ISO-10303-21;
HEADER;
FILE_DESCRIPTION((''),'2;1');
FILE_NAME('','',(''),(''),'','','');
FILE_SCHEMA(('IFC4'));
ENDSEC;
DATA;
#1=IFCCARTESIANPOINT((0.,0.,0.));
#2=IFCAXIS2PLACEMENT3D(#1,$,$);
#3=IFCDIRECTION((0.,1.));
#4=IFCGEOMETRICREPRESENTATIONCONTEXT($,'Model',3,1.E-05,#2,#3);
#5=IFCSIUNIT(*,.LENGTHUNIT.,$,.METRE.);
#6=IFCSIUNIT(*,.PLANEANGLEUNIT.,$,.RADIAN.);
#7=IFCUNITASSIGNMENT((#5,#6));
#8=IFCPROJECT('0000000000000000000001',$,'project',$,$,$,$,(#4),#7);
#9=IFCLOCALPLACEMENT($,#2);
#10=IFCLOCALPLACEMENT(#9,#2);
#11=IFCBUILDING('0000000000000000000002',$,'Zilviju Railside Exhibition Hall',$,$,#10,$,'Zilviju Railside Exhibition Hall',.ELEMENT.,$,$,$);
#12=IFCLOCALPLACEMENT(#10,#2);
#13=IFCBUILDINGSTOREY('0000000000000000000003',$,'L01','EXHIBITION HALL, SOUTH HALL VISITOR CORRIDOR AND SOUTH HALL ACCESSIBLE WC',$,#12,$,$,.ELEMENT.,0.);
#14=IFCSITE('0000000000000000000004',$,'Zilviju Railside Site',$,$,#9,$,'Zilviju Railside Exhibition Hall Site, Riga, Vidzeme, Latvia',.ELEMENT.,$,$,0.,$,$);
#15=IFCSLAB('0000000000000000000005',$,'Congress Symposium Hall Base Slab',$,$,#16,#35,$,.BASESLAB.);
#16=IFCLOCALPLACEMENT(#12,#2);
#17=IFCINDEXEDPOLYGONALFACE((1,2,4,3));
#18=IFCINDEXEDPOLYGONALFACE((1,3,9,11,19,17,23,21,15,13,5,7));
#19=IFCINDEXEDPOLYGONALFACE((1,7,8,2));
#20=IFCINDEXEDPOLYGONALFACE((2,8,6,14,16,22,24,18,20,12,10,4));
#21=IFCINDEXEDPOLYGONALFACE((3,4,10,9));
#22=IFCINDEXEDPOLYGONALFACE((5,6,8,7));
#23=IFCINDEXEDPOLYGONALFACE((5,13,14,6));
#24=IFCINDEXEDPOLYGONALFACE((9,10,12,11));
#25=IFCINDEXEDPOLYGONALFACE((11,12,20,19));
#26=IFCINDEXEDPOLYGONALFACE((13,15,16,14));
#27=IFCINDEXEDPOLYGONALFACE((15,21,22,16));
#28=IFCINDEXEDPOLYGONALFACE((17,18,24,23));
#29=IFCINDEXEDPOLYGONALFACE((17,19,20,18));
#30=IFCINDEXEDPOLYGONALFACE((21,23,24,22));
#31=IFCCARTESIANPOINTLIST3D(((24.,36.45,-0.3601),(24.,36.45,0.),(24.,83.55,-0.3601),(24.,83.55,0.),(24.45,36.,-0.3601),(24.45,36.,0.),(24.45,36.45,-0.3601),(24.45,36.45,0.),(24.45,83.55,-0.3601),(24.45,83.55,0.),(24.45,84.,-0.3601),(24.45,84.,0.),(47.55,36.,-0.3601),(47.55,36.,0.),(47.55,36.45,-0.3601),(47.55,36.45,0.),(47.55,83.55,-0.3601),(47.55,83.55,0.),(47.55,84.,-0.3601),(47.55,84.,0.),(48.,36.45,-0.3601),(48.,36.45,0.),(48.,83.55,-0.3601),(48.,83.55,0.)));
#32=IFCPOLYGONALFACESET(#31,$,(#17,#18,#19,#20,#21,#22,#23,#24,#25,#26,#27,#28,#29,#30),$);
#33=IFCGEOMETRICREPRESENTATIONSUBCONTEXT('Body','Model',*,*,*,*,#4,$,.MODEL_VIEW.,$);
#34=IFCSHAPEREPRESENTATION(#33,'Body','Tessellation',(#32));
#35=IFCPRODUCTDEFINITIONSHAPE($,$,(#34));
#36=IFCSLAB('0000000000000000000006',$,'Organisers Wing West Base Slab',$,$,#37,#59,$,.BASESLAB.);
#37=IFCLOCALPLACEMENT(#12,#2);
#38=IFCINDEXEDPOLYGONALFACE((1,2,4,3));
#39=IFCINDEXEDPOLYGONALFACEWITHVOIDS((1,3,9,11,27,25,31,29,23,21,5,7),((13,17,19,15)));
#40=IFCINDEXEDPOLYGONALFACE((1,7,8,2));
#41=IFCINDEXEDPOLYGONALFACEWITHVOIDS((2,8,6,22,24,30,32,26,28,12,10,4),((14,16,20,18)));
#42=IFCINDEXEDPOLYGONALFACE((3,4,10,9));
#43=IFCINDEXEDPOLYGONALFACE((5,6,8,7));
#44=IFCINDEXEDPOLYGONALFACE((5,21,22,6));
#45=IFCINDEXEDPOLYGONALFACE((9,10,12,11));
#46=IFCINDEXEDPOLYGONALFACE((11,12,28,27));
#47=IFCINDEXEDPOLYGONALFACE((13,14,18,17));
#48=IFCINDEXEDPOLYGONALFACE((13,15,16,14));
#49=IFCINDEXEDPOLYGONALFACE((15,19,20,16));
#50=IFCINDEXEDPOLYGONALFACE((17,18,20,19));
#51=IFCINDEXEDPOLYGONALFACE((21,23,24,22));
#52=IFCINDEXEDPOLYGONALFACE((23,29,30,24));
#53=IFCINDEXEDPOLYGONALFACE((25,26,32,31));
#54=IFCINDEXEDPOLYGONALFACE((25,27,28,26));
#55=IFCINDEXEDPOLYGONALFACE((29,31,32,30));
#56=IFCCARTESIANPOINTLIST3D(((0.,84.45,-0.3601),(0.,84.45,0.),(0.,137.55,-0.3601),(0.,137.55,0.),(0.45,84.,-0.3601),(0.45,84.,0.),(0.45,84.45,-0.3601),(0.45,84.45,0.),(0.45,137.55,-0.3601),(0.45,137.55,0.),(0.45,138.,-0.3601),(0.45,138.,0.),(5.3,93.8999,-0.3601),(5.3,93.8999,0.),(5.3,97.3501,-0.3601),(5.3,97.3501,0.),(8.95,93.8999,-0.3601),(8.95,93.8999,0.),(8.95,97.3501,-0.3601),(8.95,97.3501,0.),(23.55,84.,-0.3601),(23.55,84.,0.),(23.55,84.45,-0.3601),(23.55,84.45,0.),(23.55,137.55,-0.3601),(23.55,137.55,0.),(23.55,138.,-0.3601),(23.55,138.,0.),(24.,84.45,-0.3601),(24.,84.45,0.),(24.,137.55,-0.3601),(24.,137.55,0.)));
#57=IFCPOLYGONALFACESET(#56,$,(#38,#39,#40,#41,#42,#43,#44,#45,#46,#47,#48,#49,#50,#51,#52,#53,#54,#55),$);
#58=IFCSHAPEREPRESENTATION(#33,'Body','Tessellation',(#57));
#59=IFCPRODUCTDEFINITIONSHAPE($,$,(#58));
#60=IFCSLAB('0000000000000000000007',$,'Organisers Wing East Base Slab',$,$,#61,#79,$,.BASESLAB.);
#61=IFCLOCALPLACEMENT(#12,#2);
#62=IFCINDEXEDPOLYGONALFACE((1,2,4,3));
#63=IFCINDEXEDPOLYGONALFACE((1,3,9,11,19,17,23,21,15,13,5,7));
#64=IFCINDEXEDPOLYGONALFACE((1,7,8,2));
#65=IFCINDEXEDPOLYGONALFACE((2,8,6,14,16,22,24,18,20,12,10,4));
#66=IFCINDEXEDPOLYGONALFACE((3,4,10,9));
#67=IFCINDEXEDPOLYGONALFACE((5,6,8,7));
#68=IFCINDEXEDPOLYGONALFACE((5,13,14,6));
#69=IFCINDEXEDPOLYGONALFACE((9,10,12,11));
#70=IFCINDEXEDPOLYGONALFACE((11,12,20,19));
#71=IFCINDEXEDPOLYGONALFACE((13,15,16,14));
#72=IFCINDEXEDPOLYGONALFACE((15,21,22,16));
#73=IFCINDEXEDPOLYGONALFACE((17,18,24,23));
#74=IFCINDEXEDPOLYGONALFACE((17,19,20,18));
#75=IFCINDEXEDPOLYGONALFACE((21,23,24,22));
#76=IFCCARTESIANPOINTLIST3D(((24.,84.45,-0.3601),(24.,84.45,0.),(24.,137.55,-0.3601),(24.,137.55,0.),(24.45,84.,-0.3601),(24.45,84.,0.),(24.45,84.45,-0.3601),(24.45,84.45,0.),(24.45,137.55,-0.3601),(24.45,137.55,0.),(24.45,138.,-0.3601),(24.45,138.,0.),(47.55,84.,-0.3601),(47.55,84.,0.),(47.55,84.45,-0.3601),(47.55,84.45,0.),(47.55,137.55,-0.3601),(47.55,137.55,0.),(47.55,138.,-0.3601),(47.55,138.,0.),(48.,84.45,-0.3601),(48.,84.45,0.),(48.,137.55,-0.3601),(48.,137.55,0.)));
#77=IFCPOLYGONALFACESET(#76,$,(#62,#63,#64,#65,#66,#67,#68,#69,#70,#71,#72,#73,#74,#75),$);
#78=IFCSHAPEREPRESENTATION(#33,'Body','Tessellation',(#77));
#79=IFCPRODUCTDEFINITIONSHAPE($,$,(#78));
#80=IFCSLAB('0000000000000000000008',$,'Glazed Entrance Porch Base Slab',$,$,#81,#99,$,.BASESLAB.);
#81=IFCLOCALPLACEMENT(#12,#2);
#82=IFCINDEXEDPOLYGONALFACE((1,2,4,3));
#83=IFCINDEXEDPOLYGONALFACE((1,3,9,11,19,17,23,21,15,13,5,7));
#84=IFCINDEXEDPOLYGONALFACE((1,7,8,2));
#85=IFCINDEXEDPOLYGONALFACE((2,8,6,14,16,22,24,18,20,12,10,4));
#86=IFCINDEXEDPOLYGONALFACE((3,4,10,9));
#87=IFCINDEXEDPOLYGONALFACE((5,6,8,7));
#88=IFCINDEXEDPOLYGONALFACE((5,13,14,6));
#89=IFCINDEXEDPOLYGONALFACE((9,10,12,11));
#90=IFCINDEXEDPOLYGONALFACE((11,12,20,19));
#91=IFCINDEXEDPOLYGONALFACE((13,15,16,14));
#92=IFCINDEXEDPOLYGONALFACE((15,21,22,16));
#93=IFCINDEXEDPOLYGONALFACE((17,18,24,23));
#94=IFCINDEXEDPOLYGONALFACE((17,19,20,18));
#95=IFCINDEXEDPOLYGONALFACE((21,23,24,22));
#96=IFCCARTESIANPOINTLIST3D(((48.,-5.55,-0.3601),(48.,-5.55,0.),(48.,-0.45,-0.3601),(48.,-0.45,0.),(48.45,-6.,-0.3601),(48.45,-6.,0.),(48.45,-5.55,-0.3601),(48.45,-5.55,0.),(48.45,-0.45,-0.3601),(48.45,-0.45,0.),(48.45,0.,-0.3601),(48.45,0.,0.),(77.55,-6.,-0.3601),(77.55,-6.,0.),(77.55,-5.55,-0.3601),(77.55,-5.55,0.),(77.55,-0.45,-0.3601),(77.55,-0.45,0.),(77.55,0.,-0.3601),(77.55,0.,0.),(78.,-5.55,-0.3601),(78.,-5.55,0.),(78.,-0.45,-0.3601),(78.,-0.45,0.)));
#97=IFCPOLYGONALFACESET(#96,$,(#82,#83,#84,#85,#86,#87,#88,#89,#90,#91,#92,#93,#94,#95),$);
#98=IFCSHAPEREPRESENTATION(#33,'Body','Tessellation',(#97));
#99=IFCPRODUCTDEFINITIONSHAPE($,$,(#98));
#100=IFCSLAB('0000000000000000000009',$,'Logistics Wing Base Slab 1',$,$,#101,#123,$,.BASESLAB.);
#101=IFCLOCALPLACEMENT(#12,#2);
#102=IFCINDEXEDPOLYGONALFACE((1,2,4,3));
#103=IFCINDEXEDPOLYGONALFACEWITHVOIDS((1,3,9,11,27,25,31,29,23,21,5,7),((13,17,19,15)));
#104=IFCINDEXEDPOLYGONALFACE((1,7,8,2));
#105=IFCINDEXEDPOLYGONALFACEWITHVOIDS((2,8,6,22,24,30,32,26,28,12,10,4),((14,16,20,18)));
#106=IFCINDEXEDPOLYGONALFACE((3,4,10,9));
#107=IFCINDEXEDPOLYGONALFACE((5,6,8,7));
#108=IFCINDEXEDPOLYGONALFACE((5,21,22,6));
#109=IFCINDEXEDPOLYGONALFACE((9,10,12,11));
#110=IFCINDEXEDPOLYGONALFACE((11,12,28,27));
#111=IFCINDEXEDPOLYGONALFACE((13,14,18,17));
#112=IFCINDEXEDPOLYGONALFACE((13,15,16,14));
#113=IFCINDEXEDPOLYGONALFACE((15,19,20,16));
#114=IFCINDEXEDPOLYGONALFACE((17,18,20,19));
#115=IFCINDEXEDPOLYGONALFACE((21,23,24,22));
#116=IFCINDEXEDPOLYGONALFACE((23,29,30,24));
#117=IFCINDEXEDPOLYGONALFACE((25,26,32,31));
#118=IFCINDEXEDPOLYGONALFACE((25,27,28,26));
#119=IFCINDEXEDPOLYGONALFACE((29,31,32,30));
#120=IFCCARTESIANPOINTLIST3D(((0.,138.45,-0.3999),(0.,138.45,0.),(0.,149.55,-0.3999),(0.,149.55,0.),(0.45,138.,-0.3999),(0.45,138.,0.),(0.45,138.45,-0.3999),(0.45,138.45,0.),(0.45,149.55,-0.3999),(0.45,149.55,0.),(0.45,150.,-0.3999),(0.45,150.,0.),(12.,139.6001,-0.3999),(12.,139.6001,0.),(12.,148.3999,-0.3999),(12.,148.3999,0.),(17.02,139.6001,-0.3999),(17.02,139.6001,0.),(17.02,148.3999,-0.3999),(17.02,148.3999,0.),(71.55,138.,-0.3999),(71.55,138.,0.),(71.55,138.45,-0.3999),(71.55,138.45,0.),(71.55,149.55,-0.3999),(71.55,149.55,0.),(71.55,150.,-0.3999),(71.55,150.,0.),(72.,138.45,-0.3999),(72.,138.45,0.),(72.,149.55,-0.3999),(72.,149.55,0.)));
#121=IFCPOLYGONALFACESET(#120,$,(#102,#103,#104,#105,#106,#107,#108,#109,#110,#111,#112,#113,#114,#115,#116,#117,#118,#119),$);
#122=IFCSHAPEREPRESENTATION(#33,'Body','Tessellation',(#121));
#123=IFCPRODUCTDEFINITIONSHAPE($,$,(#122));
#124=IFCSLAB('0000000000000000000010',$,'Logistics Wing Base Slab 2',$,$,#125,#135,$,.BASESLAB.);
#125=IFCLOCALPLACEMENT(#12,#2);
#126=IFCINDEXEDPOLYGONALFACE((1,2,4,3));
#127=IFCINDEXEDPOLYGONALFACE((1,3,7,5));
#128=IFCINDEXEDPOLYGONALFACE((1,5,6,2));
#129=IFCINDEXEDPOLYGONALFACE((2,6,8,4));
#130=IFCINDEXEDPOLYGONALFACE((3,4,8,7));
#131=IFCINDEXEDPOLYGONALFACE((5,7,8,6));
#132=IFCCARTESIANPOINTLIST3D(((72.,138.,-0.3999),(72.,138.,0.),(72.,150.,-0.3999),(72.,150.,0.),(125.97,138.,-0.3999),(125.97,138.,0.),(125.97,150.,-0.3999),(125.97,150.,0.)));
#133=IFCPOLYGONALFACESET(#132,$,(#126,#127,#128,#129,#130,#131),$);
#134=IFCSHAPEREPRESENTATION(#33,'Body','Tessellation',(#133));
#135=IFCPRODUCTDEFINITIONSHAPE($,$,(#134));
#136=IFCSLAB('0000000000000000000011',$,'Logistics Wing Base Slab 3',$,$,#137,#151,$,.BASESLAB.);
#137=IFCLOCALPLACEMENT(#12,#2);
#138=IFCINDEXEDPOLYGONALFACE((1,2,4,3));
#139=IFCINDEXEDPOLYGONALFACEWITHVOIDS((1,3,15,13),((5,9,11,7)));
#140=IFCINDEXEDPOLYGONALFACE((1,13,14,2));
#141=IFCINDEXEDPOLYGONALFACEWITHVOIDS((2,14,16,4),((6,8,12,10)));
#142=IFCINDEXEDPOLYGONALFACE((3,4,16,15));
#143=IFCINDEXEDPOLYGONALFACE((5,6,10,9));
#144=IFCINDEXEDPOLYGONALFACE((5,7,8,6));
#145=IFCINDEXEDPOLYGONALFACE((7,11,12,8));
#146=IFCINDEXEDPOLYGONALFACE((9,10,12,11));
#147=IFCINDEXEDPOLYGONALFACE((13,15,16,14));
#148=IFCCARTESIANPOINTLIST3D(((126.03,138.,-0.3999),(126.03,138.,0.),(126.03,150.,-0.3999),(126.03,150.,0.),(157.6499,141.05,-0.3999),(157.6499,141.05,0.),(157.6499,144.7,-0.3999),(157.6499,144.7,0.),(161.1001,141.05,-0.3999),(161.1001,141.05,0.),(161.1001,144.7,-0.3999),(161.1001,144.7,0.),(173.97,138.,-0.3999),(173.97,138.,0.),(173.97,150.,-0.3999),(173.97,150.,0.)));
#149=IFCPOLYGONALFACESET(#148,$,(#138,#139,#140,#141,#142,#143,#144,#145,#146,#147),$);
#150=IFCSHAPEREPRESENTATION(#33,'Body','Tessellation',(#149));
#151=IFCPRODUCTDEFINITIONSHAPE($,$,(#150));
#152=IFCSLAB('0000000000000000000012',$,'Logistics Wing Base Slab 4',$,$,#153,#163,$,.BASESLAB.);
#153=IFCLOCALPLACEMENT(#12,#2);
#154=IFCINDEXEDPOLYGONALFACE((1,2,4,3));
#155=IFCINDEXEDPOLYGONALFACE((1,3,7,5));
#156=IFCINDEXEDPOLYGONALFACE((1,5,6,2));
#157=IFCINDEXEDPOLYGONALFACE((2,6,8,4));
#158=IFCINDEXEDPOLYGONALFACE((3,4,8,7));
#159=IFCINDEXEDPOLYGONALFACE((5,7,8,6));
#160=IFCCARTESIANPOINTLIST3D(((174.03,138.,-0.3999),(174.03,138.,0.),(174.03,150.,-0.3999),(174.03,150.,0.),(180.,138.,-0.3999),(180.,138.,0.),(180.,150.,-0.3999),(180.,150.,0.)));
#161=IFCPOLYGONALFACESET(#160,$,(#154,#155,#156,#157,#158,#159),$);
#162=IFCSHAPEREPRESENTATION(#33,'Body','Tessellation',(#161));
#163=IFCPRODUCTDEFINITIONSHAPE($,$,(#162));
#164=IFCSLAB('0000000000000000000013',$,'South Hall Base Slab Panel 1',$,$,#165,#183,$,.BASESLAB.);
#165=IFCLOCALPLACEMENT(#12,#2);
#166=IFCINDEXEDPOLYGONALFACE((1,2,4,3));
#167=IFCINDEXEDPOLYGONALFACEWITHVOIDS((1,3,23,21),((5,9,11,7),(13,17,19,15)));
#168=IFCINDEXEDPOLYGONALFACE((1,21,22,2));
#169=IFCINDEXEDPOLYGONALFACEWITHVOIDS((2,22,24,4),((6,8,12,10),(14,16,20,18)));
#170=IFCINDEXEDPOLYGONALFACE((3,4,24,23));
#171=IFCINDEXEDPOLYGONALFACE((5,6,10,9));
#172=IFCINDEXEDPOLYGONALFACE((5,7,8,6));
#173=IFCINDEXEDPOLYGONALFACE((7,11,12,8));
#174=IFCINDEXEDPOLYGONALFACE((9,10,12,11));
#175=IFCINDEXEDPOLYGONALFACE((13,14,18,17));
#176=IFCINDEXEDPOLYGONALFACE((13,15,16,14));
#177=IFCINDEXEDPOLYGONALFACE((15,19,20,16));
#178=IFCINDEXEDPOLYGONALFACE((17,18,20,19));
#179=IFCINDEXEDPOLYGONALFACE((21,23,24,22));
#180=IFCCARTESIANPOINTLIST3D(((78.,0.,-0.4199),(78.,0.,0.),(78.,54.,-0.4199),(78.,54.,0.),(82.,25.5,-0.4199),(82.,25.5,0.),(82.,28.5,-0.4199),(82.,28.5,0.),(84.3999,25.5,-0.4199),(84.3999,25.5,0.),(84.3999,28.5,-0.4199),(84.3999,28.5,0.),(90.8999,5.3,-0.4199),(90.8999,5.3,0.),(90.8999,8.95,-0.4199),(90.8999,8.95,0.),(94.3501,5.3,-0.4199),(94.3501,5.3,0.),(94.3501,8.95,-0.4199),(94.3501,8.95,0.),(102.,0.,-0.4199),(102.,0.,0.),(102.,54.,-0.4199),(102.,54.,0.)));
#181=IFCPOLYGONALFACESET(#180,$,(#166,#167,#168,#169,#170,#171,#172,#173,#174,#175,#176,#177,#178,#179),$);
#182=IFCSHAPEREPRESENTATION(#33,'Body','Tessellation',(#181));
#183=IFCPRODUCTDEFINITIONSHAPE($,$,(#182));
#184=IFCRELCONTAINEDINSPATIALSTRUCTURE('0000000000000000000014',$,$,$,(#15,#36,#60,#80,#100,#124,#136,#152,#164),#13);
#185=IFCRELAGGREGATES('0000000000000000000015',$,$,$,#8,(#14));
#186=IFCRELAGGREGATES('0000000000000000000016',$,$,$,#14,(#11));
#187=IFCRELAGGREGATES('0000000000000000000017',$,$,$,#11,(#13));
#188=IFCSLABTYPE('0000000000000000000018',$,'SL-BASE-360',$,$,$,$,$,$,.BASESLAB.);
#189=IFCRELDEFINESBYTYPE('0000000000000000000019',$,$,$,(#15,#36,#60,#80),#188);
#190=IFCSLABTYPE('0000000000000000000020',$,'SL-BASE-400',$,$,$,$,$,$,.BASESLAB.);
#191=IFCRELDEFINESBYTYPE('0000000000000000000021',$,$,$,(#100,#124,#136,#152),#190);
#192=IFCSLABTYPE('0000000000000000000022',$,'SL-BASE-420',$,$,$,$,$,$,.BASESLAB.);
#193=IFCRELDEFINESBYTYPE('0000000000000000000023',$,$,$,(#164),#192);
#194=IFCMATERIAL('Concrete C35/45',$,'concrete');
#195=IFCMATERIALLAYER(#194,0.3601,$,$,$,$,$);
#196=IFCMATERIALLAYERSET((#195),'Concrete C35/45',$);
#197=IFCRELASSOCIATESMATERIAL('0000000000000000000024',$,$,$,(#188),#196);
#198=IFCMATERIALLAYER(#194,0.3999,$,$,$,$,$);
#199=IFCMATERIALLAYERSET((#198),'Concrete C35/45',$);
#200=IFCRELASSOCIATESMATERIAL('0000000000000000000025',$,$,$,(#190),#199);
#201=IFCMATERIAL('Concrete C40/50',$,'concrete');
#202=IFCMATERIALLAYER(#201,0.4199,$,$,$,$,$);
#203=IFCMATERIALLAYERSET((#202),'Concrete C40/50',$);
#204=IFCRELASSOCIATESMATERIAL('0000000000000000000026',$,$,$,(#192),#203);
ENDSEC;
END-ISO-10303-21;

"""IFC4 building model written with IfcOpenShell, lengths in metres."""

from ifc_helpers import new_model, si_unit, direction, frame, origin, place, context, subcontext, project, spatial, polyline, outline, extrude, material, layer, layer_set, type_object, element, save


model = new_model("IFC4")

# Units and contexts
model_context = context("Model", 3, precision=1e-05, world=origin(), true_north=direction((0.0, 1.0)))
body_context = subcontext(model_context, "Body", "Model", "MODEL_VIEW")
ifc_project = project(units=[si_unit("LENGTHUNIT", "METRE"), si_unit("PLANEANGLEUNIT", "RADIAN")], contexts=[model_context])

# Site, building, storey
site_placement = place(None, origin())
site = spatial("IfcSite", under=ifc_project, at=site_placement, Name="Zilviju Railside Site", LongName="Zilviju Railside Exhibition Hall Site, Riga, Vidzeme, Latvia", CompositionType="ELEMENT", RefElevation=0.0)
building_placement = place(site_placement, origin())
building = spatial("IfcBuilding", under=site, at=building_placement, Name="Zilviju Railside Exhibition Hall", LongName="Zilviju Railside Exhibition Hall", CompositionType="ELEMENT")
storey_placement = place(building_placement, origin())
storey = spatial("IfcBuildingStorey", under=building, at=storey_placement, Name="L01", Description="EXHIBITION HALL, SOUTH HALL VISITOR CORRIDOR AND SOUTH HALL ACCESSIBLE WC", CompositionType="ELEMENT", Elevation=0.0)

# Slabs
ifc_material_1 = material(Name="Concrete C40/50", Category="concrete")
ifc_material_2 = material(Name="Concrete C35/45", Category="concrete")
ifc_layer_1 = layer(ifc_material_2, 0.3601)
ifc_layer_set_1 = layer_set([ifc_layer_1], Name="Concrete C35/45")
slab_type_1 = type_object("IfcSlabType", Name="SL-BASE-360", PredefinedType="BASESLAB", material=ifc_layer_set_1)
slab_1_placement = place(storey_placement, frame((0.0, 0.0, -0.3601)))
element("IfcSlab", 1, at=slab_1_placement, inside=storey, type_object=slab_type_1, Name="Congress Symposium Hall Base Slab", PredefinedType="BASESLAB", context=body_context, shape_type="SweptSolid", body=[
    extrude(outline(polyline([(24.45, 36.0), (47.55, 36.0), (47.55, 36.45), (48.0, 36.45), (48.0, 83.55), (47.55, 83.55), (47.55, 84.0), (24.45, 84.0), (24.45, 83.55), (24.0, 83.55), (24.0, 36.45), (24.45, 36.45), (24.45, 36.0)])), origin(), (0.0, 0.0, 1.0), 0.3601),
])
slab_2_placement = place(storey_placement, frame((0.0, 0.0, -0.3601)))
element("IfcSlab", 2, at=slab_2_placement, inside=storey, type_object=slab_type_1, Name="Organisers Wing West Base Slab", PredefinedType="BASESLAB", context=body_context, shape_type="SweptSolid", body=[
    extrude(outline(polyline([(0.45, 84.0), (23.55, 84.0), (23.55, 84.45), (24.0, 84.45), (24.0, 137.55), (23.55, 137.55), (23.55, 138.0), (0.45, 138.0), (0.45, 137.55), (0.0, 137.55), (0.0, 84.45), (0.45, 84.45), (0.45, 84.0)]), holes=[polyline([(5.3, 93.8999), (8.95, 93.8999), (8.95, 97.3501), (5.3, 97.3501), (5.3, 93.8999)])]), origin(), (0.0, 0.0, 1.0), 0.3601),
])
slab_3_placement = place(storey_placement, frame((0.0, 0.0, -0.3601)))
element("IfcSlab", 3, at=slab_3_placement, inside=storey, type_object=slab_type_1, Name="Organisers Wing East Base Slab", PredefinedType="BASESLAB", context=body_context, shape_type="SweptSolid", body=[
    extrude(outline(polyline([(24.45, 84.0), (47.55, 84.0), (47.55, 84.45), (48.0, 84.45), (48.0, 137.55), (47.55, 137.55), (47.55, 138.0), (24.45, 138.0), (24.45, 137.55), (24.0, 137.55), (24.0, 84.45), (24.45, 84.45), (24.45, 84.0)])), origin(), (0.0, 0.0, 1.0), 0.3601),
])
slab_4_placement = place(storey_placement, frame((0.0, 0.0, -0.3601)))
element("IfcSlab", 4, at=slab_4_placement, inside=storey, type_object=slab_type_1, Name="Glazed Entrance Porch Base Slab", PredefinedType="BASESLAB", context=body_context, shape_type="SweptSolid", body=[
    extrude(outline(polyline([(48.45, -6.0), (77.55, -6.0), (77.55, -5.55), (78.0, -5.55), (78.0, -0.45), (77.55, -0.45), (77.55, 0.0), (48.45, 0.0), (48.45, -0.45), (48.0, -0.45), (48.0, -5.55), (48.45, -5.55), (48.45, -6.0)])), origin(), (0.0, 0.0, 1.0), 0.3601),
])
ifc_layer_2 = layer(ifc_material_2, 0.3999)
ifc_layer_set_2 = layer_set([ifc_layer_2], Name="Concrete C35/45")
slab_type_2 = type_object("IfcSlabType", Name="SL-BASE-400", PredefinedType="BASESLAB", material=ifc_layer_set_2)
slab_5_placement = place(storey_placement, frame((0.0, 0.0, -0.3999)))
element("IfcSlab", 5, at=slab_5_placement, inside=storey, type_object=slab_type_2, Name="Logistics Wing Base Slab 1", PredefinedType="BASESLAB", context=body_context, shape_type="SweptSolid", body=[
    extrude(outline(polyline([(0.45, 138.0), (71.55, 138.0), (71.55, 138.45), (72.0, 138.45), (72.0, 149.55), (71.55, 149.55), (71.55, 150.0), (0.45, 150.0), (0.45, 149.55), (0.0, 149.55), (0.0, 138.45), (0.45, 138.45), (0.45, 138.0)]), holes=[polyline([(12.0, 139.6001), (17.02, 139.6001), (17.02, 148.3999), (12.0, 148.3999), (12.0, 139.6001)])]), origin(), (0.0, 0.0, 1.0), 0.3999),
])
slab_6_placement = place(storey_placement, frame((0.0, 0.0, -0.3999)))
element("IfcSlab", 6, at=slab_6_placement, inside=storey, type_object=slab_type_2, Name="Logistics Wing Base Slab 2", PredefinedType="BASESLAB", context=body_context, shape_type="SweptSolid", body=[
    extrude(outline(polyline([(72.0, 138.0), (125.97, 138.0), (125.97, 150.0), (72.0, 150.0), (72.0, 138.0)])), origin(), (0.0, 0.0, 1.0), 0.3999),
])
slab_7_placement = place(storey_placement, frame((0.0, 0.0, -0.3999)))
element("IfcSlab", 7, at=slab_7_placement, inside=storey, type_object=slab_type_2, Name="Logistics Wing Base Slab 3", PredefinedType="BASESLAB", context=body_context, shape_type="SweptSolid", body=[
    extrude(outline(polyline([(126.03, 138.0), (173.97, 138.0), (173.97, 150.0), (126.03, 150.0), (126.03, 138.0)]), holes=[polyline([(157.6499, 141.05), (161.1001, 141.05), (161.1001, 144.7), (157.6499, 144.7), (157.6499, 141.05)])]), origin(), (0.0, 0.0, 1.0), 0.3999),
])
slab_8_placement = place(storey_placement, frame((0.0, 0.0, -0.3999)))
element("IfcSlab", 8, at=slab_8_placement, inside=storey, type_object=slab_type_2, Name="Logistics Wing Base Slab 4", PredefinedType="BASESLAB", context=body_context, shape_type="SweptSolid", body=[
    extrude(outline(polyline([(174.03, 138.0), (180.0, 138.0), (180.0, 150.0), (174.03, 150.0), (174.03, 138.0)])), origin(), (0.0, 0.0, 1.0), 0.3999),
])
ifc_layer_3 = layer(ifc_material_1, 0.4199)
ifc_layer_set_3 = layer_set([ifc_layer_3], Name="Concrete C40/50")
slab_type_3 = type_object("IfcSlabType", Name="SL-BASE-420", PredefinedType="BASESLAB", material=ifc_layer_set_3)
slab_9_placement = place(storey_placement, frame((0.0, 0.0, -0.4199)))
element("IfcSlab", 9, at=slab_9_placement, inside=storey, type_object=slab_type_3, Name="South Hall Base Slab Panel 1", PredefinedType="BASESLAB", context=body_context, shape_type="SweptSolid", body=[
    extrude(outline(polyline([(78.0, 0.0), (102.0, 0.0), (102.0, 54.0), (78.0, 54.0), (78.0, 0.0)]), holes=[polyline([(82.0, 25.5), (84.3999, 25.5), (84.3999, 28.5), (82.0, 28.5), (82.0, 25.5)]), polyline([(90.8999, 5.3), (94.3501, 5.3), (94.3501, 8.95), (90.8999, 8.95), (90.8999, 5.3)])]), origin(), (0.0, 0.0, 1.0), 0.4199),
])

save(model, "model.ifc")
